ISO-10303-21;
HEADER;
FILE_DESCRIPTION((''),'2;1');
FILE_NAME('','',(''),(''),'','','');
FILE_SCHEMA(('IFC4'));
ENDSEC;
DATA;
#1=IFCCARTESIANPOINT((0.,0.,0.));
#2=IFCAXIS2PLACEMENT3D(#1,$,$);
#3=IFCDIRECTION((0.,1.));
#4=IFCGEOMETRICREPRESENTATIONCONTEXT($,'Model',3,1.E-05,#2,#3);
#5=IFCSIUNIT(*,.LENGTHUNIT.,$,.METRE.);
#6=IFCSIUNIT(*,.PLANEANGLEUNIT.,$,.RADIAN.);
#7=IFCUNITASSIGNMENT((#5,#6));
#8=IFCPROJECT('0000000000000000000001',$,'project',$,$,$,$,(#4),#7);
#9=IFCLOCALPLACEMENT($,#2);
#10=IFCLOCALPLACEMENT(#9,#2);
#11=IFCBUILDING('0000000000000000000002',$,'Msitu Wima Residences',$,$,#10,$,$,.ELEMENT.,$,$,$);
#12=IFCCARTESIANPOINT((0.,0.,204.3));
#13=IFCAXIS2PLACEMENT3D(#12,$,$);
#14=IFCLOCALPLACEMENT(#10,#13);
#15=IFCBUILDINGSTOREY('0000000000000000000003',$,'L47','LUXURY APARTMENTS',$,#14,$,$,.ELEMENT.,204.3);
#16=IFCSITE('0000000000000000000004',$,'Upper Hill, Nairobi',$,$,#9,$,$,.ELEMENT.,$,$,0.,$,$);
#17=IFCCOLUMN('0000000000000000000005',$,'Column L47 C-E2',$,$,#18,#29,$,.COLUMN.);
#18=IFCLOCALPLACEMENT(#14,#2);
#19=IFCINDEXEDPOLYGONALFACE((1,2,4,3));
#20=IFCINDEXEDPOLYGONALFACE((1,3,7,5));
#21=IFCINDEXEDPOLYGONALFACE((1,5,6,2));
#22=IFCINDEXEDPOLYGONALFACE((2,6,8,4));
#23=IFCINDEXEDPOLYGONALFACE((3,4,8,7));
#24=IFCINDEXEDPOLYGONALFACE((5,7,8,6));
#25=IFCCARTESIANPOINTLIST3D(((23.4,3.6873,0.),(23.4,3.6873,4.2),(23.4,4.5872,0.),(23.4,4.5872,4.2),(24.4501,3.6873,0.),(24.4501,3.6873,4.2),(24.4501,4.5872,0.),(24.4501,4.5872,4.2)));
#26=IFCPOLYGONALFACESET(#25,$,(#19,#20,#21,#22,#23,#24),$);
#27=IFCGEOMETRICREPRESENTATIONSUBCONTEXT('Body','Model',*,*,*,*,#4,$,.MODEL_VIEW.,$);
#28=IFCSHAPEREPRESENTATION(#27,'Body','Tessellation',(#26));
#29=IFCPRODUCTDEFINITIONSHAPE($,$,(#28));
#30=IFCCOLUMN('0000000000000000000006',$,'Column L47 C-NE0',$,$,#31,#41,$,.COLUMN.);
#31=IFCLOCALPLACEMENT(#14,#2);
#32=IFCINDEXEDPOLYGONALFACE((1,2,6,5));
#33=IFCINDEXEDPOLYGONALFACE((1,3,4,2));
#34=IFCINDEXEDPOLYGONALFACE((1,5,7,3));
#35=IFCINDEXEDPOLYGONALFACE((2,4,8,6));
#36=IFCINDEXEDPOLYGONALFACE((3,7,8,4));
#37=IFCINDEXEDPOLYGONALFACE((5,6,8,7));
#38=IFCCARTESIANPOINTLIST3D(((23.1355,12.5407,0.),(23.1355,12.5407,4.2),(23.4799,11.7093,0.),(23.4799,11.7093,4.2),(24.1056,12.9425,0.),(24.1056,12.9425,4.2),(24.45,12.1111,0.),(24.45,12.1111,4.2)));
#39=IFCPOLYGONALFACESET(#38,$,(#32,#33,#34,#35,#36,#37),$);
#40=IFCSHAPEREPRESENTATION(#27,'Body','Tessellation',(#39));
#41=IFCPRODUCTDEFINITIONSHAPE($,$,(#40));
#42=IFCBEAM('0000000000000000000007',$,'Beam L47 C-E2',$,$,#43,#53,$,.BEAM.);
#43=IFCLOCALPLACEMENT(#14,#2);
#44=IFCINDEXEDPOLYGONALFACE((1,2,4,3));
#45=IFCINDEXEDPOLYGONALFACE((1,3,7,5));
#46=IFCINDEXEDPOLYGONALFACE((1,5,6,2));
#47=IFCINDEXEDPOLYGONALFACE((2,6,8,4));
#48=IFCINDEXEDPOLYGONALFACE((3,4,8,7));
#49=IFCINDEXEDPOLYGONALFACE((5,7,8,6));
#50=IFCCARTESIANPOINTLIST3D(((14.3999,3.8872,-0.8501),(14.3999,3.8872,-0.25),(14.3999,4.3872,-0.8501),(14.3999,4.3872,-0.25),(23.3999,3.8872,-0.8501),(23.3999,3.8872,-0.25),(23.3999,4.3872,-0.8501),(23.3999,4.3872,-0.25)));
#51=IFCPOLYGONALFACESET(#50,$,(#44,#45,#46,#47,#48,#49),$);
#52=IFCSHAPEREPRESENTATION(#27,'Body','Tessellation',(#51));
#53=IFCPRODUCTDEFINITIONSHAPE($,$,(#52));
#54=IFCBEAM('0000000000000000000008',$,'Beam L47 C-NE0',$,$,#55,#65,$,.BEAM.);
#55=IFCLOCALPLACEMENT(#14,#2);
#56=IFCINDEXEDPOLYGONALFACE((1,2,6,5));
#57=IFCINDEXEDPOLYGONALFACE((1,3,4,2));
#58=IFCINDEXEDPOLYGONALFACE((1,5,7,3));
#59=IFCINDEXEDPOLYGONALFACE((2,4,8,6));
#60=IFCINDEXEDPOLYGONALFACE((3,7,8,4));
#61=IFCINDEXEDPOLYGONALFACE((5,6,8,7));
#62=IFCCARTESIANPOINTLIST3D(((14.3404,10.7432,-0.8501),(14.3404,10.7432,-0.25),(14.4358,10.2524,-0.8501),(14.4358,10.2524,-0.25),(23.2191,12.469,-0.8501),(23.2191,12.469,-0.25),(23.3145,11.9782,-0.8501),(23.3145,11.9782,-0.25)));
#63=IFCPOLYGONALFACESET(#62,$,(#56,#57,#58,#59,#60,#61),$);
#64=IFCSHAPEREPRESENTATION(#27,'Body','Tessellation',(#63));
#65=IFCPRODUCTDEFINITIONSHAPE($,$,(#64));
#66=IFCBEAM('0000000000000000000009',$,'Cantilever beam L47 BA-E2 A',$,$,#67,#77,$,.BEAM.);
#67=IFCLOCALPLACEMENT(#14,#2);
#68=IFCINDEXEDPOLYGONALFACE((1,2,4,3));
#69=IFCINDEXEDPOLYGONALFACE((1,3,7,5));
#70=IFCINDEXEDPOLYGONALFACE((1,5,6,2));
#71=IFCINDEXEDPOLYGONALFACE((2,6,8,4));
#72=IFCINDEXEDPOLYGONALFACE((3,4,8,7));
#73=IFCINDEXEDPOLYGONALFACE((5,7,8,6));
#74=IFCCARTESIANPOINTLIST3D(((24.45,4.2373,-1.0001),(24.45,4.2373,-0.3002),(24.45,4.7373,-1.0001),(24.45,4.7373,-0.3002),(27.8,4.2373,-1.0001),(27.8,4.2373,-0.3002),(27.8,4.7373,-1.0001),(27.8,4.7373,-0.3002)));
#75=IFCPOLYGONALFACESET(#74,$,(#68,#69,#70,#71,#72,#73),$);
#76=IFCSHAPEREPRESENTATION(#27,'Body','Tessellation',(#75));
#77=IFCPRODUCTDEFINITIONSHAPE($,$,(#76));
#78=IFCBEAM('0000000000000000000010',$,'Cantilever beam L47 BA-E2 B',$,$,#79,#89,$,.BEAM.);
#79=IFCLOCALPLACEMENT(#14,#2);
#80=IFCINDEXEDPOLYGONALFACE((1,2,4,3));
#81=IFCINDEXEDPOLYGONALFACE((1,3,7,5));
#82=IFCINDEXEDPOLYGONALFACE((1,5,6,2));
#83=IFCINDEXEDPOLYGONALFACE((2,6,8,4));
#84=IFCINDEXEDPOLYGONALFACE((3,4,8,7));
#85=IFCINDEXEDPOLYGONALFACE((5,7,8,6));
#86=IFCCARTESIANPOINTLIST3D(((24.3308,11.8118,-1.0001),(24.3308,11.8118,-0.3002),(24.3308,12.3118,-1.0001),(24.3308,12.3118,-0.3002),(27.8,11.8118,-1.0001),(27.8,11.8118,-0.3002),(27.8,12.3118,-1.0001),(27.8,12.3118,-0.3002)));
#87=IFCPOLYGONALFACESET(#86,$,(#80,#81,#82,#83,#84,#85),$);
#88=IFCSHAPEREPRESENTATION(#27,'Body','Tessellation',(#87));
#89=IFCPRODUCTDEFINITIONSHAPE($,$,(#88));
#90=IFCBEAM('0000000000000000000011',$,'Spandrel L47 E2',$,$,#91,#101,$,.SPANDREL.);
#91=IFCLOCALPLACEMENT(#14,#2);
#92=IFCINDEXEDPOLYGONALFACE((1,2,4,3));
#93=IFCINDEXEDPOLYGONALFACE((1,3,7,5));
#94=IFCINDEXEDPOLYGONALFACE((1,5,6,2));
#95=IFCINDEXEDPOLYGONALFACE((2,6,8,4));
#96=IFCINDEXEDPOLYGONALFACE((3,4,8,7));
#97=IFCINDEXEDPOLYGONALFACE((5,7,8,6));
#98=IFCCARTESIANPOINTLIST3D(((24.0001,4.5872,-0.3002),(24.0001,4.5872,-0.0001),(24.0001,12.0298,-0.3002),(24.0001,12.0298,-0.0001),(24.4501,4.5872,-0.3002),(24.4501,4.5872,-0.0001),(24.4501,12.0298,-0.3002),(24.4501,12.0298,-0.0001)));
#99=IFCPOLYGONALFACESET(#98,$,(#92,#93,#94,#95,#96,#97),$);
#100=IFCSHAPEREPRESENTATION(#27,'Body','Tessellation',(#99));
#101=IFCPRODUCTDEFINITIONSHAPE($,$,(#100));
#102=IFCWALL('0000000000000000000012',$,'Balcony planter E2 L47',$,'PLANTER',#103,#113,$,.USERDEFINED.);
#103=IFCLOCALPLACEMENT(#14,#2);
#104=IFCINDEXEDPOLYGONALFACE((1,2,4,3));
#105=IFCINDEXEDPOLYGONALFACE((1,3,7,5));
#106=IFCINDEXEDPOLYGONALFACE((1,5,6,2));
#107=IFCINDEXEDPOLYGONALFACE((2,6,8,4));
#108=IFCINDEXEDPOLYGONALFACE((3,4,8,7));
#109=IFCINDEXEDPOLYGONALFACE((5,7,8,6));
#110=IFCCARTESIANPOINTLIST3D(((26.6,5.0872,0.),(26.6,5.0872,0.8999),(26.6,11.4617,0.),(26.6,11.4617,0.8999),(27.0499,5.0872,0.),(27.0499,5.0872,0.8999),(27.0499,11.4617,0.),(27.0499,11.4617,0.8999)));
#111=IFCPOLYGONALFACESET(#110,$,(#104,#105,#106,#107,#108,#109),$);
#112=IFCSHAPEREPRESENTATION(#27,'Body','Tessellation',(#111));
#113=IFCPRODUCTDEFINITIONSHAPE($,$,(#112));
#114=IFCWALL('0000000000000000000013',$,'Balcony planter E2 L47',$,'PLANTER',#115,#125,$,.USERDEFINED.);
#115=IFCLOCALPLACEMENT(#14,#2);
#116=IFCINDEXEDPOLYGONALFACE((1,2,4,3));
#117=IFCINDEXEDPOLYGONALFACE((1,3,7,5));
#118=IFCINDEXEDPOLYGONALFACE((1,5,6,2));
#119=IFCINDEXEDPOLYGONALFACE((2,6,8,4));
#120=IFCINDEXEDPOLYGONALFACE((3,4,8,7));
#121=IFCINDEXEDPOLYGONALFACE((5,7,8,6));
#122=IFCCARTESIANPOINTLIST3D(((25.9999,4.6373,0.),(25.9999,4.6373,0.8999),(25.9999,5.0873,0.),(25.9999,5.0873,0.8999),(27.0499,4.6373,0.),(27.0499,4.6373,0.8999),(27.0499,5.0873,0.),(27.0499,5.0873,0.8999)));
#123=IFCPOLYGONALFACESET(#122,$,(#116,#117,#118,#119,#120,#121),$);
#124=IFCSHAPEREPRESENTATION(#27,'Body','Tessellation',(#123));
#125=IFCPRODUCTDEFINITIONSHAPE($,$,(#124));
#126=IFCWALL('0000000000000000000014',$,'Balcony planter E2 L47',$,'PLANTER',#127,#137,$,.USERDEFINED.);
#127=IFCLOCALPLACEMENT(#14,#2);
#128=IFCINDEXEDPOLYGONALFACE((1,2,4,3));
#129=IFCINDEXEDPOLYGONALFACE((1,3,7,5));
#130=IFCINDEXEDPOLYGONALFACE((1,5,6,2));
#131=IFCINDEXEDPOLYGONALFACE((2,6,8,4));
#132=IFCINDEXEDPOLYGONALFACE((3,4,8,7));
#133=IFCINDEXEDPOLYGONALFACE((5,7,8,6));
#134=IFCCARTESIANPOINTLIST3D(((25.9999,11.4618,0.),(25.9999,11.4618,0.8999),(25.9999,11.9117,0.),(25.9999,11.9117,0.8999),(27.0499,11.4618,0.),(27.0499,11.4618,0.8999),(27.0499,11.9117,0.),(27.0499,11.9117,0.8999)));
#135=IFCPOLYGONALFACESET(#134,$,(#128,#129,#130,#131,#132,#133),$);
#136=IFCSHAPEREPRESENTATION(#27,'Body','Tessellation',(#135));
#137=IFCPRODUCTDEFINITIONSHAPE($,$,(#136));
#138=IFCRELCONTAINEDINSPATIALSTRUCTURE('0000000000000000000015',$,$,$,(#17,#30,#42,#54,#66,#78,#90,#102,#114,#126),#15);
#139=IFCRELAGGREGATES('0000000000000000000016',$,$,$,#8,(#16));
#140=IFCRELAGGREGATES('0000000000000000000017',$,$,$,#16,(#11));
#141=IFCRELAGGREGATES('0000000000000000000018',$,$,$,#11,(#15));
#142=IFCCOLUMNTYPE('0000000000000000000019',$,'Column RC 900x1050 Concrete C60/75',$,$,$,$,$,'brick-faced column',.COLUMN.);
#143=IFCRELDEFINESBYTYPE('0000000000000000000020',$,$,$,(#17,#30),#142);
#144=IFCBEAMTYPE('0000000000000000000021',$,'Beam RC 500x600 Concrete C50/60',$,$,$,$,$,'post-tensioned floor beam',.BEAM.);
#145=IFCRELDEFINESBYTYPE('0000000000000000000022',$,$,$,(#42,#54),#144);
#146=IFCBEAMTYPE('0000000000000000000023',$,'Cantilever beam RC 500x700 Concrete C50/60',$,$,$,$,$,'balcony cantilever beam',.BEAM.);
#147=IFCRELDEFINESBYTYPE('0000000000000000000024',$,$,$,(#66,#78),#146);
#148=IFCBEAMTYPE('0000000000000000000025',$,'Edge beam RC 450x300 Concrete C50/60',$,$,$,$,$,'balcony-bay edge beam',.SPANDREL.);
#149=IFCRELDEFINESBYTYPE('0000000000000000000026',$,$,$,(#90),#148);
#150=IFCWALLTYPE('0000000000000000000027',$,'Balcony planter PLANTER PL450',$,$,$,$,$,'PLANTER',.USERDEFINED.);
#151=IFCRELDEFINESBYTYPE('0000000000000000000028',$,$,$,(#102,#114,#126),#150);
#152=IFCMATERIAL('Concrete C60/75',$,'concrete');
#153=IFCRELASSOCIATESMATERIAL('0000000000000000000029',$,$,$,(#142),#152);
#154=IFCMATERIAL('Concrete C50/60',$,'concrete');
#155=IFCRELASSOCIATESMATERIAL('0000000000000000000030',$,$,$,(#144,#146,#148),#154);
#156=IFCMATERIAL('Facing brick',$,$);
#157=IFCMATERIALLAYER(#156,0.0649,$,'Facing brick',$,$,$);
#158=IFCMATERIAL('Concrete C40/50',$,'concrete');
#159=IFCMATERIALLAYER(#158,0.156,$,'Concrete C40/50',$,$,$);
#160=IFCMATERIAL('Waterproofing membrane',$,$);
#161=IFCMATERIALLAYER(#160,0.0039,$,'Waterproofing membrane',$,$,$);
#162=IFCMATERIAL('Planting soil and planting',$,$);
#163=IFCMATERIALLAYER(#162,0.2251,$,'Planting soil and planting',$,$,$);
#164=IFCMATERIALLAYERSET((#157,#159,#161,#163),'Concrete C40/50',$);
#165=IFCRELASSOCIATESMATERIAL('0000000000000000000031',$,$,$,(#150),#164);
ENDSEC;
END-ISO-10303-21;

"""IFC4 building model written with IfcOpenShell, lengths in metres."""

from ifc_helpers import new_model, si_unit, direction, frame, frame_2d, origin, origin_2d, place, context, subcontext, project, spatial, rectangle, extrude, material, layer, layer_set, material_profile, profile_set, type_object, element, save


model = new_model("IFC4")

# Units and contexts
model_context = context("Model", 3, precision=1e-05, world=origin(), true_north=direction((0.0, 1.0)))
body_context = subcontext(model_context, "Body", "Model", "MODEL_VIEW")
ifc_project = project(units=[si_unit("LENGTHUNIT", "METRE"), si_unit("PLANEANGLEUNIT", "RADIAN")], contexts=[model_context])

# Site, building, storey
site_placement = place(None, origin())
site = spatial("IfcSite", under=ifc_project, at=site_placement, Name="Upper Hill, Nairobi", CompositionType="ELEMENT", RefElevation=0.0)
building_placement = place(site_placement, origin())
building = spatial("IfcBuilding", under=site, at=building_placement, Name="Msitu Wima Residences", CompositionType="ELEMENT")
storey_placement = place(building_placement, frame((0.0, 0.0, 204.3)))
storey = spatial("IfcBuildingStorey", under=building, at=storey_placement, Name="L47", Description="LUXURY APARTMENTS", CompositionType="ELEMENT", Elevation=204.3)

# Columns
ifc_material_1 = material(Name="Concrete C60/75", Category="concrete")
ifc_material_profile_1 = material_profile(ifc_material_1, rectangle(XDim=0.8999, YDim=1.05, at=origin_2d()), Name="RC 900x1050")
ifc_profile_set_1 = profile_set([ifc_material_profile_1], Name="Concrete C60/75")
column_type = type_object("IfcColumnType", Name="Column RC 900x1050 Concrete C60/75", ElementType="brick-faced column", PredefinedType="COLUMN", material=ifc_profile_set_1)
for number, where, z_axis, x_axis, name in (
    (1, (23.925, 4.1372, 0.0), (0.0, 0.0, 1.0), (0.0, 1.0, 0.0), "Column L47 C-E2"),
    (2, (23.7927, 12.3259, 0.0), (0.0, 0.0, 1.0), (-0.382683, 0.92388, 0.0), "Column L47 C-NE0"),
):
    element("IfcColumn", number, at=place(storey_placement, frame(where, z_axis=z_axis, x_axis=x_axis)), inside=storey, type_object=column_type, Name=name, PredefinedType="COLUMN", context=body_context, shape_type="SweptSolid", body=[
        extrude(rectangle(XDim=0.8999, YDim=1.05, at=origin_2d()), origin(), (0.0, 0.0, 1.0), 4.2),
    ])

# Beams
ifc_material_2 = material(Name="Concrete C50/60", Category="concrete")
ifc_material_profile_2 = material_profile(ifc_material_2, rectangle(XDim=0.5, YDim=0.6001, at=origin_2d()), Name="RC 500x600")
ifc_profile_set_2 = profile_set([ifc_material_profile_2], Name="Concrete C50/60")
beam_type_1 = type_object("IfcBeamType", Name="Beam RC 500x600 Concrete C50/60", ElementType="post-tensioned floor beam", PredefinedType="BEAM", material=ifc_profile_set_2)
beam_1_placement = place(storey_placement, frame((23.3999, 4.1372, -0.55), z_axis=(-1.0, 0.0, 0.0), x_axis=(0.0, -1.0, 0.0)))
element("IfcBeam", 3, at=beam_1_placement, inside=storey, type_object=beam_type_1, Name="Beam L47 C-E2", PredefinedType="BEAM", context=body_context, shape_type="SweptSolid", body=[
    extrude(rectangle(XDim=0.5, YDim=0.6001, at=origin_2d()), origin(), (0.0, 0.0, 1.0), 9.0),
])
beam_2_placement = place(storey_placement, frame((23.2668, 12.2236, -0.55), z_axis=(-0.981627, -0.190808, 0.0), x_axis=(0.190808, -0.981627, 0.0)))
element("IfcBeam", 4, at=beam_2_placement, inside=storey, type_object=beam_type_1, Name="Beam L47 C-NE0", PredefinedType="BEAM", context=body_context, shape_type="SweptSolid", body=[
    extrude(rectangle(XDim=0.5, YDim=0.6001, at=origin_2d()), origin(), (0.0, 0.0, 1.0), 9.0449),
])
ifc_material_profile_3 = material_profile(ifc_material_2, rectangle(XDim=0.5, YDim=0.7, at=origin_2d()), Name="RC 500x700")
ifc_profile_set_3 = profile_set([ifc_material_profile_3], Name="Concrete C50/60")
beam_type_2 = type_object("IfcBeamType", Name="Cantilever beam RC 500x700 Concrete C50/60", ElementType="balcony cantilever beam", PredefinedType="BEAM", material=ifc_profile_set_3)
beam_3_placement = place(storey_placement, frame((24.45, 4.4873, -0.6501), z_axis=(1.0, 0.0, 0.0), x_axis=(0.0, 1.0, 0.0)))
element("IfcBeam", 5, at=beam_3_placement, inside=storey, type_object=beam_type_2, Name="Cantilever beam L47 BA-E2 A", PredefinedType="BEAM", context=body_context, shape_type="SweptSolid", body=[
    extrude(rectangle(XDim=0.5, YDim=0.7, at=origin_2d()), origin(), (0.0, 0.0, 1.0), 3.3501),
])
beam_4_placement = place(storey_placement, frame((24.3308, 12.0618, -0.6501), z_axis=(1.0, 0.0, 0.0), x_axis=(0.0, 1.0, 0.0)))
element("IfcBeam", 6, at=beam_4_placement, inside=storey, type_object=beam_type_2, Name="Cantilever beam L47 BA-E2 B", PredefinedType="BEAM", context=body_context, shape_type="SweptSolid", body=[
    extrude(rectangle(XDim=0.5, YDim=0.7, at=origin_2d()), origin(), (0.0, 0.0, 1.0), 3.4692),
])
ifc_material_profile_4 = material_profile(ifc_material_2, rectangle(XDim=0.45, YDim=0.3, at=origin_2d()), Name="RC 450x300")
ifc_profile_set_4 = profile_set([ifc_material_profile_4], Name="Concrete C50/60")
beam_type_3 = type_object("IfcBeamType", Name="Edge beam RC 450x300 Concrete C50/60", ElementType="balcony-bay edge beam", PredefinedType="SPANDREL", material=ifc_profile_set_4)
beam_5_placement = place(storey_placement, frame((24.2251, 4.5872, -0.1501), z_axis=(0.0, 1.0, 0.0), x_axis=(-1.0, 0.0, 0.0)))
element("IfcBeam", 7, at=beam_5_placement, inside=storey, type_object=beam_type_3, Name="Spandrel L47 E2", PredefinedType="SPANDREL", context=body_context, shape_type="SweptSolid", body=[
    extrude(rectangle(XDim=0.45, YDim=0.3, at=origin_2d()), origin(), (0.0, 0.0, 1.0), 7.4426),
])

# Walls
ifc_material_3 = material(Name="Facing brick")
ifc_layer_1 = layer(ifc_material_3, 0.0649, Name="Facing brick")
ifc_material_4 = material(Name="Concrete C40/50", Category="concrete")
ifc_layer_2 = layer(ifc_material_4, 0.156, Name="Concrete C40/50")
ifc_material_5 = material(Name="Waterproofing membrane")
ifc_layer_3 = layer(ifc_material_5, 0.0039, Name="Waterproofing membrane")
ifc_material_6 = material(Name="Planting soil and planting")
ifc_layer_4 = layer(ifc_material_6, 0.2251, Name="Planting soil and planting")
ifc_layer_set_1 = layer_set([ifc_layer_1, ifc_layer_2, ifc_layer_3, ifc_layer_4], Name="Concrete C40/50")
wall_type_1 = type_object("IfcWallType", Name="Balcony planter PLANTER PL450", ElementType="PLANTER", PredefinedType="USERDEFINED", material=ifc_layer_set_1)
wall_1_placement = place(storey_placement, frame((26.825, 5.0872, 0.0), z_axis=(0.0, 0.0, 1.0), x_axis=(0.0, 1.0, 0.0)))
element("IfcWall", 8, at=wall_1_placement, inside=storey, type_object=wall_type_1, Name="Balcony planter E2 L47", ObjectType="PLANTER", PredefinedType="USERDEFINED", context=body_context, shape_type="SweptSolid", body=[
    extrude(rectangle(XDim=6.3745, YDim=0.45, at=frame_2d((3.1873, 0.0))), origin(), (0.0, 0.0, 1.0), 0.8999),
])
for number, where, z_axis, x_axis, name in (
    (9, (26.0, 4.8623, 0.0), (0.0, 0.0, 1.0), (1.0, 0.0, 0.0), "Balcony planter E2 L47"),
    (10, (26.0, 11.6868, 0.0), (0.0, 0.0, 1.0), (1.0, 0.0, 0.0), "Balcony planter E2 L47"),
):
    element("IfcWall", number, at=place(storey_placement, frame(where, z_axis=z_axis, x_axis=x_axis)), inside=storey, type_object=wall_type_1, Name=name, ObjectType="PLANTER", PredefinedType="USERDEFINED", context=body_context, shape_type="SweptSolid", body=[
        extrude(rectangle(XDim=1.05, YDim=0.45, at=frame_2d((0.5249, 0.0))), origin(), (0.0, 0.0, 1.0), 0.8999),
    ])

save(model, "model.ifc")
